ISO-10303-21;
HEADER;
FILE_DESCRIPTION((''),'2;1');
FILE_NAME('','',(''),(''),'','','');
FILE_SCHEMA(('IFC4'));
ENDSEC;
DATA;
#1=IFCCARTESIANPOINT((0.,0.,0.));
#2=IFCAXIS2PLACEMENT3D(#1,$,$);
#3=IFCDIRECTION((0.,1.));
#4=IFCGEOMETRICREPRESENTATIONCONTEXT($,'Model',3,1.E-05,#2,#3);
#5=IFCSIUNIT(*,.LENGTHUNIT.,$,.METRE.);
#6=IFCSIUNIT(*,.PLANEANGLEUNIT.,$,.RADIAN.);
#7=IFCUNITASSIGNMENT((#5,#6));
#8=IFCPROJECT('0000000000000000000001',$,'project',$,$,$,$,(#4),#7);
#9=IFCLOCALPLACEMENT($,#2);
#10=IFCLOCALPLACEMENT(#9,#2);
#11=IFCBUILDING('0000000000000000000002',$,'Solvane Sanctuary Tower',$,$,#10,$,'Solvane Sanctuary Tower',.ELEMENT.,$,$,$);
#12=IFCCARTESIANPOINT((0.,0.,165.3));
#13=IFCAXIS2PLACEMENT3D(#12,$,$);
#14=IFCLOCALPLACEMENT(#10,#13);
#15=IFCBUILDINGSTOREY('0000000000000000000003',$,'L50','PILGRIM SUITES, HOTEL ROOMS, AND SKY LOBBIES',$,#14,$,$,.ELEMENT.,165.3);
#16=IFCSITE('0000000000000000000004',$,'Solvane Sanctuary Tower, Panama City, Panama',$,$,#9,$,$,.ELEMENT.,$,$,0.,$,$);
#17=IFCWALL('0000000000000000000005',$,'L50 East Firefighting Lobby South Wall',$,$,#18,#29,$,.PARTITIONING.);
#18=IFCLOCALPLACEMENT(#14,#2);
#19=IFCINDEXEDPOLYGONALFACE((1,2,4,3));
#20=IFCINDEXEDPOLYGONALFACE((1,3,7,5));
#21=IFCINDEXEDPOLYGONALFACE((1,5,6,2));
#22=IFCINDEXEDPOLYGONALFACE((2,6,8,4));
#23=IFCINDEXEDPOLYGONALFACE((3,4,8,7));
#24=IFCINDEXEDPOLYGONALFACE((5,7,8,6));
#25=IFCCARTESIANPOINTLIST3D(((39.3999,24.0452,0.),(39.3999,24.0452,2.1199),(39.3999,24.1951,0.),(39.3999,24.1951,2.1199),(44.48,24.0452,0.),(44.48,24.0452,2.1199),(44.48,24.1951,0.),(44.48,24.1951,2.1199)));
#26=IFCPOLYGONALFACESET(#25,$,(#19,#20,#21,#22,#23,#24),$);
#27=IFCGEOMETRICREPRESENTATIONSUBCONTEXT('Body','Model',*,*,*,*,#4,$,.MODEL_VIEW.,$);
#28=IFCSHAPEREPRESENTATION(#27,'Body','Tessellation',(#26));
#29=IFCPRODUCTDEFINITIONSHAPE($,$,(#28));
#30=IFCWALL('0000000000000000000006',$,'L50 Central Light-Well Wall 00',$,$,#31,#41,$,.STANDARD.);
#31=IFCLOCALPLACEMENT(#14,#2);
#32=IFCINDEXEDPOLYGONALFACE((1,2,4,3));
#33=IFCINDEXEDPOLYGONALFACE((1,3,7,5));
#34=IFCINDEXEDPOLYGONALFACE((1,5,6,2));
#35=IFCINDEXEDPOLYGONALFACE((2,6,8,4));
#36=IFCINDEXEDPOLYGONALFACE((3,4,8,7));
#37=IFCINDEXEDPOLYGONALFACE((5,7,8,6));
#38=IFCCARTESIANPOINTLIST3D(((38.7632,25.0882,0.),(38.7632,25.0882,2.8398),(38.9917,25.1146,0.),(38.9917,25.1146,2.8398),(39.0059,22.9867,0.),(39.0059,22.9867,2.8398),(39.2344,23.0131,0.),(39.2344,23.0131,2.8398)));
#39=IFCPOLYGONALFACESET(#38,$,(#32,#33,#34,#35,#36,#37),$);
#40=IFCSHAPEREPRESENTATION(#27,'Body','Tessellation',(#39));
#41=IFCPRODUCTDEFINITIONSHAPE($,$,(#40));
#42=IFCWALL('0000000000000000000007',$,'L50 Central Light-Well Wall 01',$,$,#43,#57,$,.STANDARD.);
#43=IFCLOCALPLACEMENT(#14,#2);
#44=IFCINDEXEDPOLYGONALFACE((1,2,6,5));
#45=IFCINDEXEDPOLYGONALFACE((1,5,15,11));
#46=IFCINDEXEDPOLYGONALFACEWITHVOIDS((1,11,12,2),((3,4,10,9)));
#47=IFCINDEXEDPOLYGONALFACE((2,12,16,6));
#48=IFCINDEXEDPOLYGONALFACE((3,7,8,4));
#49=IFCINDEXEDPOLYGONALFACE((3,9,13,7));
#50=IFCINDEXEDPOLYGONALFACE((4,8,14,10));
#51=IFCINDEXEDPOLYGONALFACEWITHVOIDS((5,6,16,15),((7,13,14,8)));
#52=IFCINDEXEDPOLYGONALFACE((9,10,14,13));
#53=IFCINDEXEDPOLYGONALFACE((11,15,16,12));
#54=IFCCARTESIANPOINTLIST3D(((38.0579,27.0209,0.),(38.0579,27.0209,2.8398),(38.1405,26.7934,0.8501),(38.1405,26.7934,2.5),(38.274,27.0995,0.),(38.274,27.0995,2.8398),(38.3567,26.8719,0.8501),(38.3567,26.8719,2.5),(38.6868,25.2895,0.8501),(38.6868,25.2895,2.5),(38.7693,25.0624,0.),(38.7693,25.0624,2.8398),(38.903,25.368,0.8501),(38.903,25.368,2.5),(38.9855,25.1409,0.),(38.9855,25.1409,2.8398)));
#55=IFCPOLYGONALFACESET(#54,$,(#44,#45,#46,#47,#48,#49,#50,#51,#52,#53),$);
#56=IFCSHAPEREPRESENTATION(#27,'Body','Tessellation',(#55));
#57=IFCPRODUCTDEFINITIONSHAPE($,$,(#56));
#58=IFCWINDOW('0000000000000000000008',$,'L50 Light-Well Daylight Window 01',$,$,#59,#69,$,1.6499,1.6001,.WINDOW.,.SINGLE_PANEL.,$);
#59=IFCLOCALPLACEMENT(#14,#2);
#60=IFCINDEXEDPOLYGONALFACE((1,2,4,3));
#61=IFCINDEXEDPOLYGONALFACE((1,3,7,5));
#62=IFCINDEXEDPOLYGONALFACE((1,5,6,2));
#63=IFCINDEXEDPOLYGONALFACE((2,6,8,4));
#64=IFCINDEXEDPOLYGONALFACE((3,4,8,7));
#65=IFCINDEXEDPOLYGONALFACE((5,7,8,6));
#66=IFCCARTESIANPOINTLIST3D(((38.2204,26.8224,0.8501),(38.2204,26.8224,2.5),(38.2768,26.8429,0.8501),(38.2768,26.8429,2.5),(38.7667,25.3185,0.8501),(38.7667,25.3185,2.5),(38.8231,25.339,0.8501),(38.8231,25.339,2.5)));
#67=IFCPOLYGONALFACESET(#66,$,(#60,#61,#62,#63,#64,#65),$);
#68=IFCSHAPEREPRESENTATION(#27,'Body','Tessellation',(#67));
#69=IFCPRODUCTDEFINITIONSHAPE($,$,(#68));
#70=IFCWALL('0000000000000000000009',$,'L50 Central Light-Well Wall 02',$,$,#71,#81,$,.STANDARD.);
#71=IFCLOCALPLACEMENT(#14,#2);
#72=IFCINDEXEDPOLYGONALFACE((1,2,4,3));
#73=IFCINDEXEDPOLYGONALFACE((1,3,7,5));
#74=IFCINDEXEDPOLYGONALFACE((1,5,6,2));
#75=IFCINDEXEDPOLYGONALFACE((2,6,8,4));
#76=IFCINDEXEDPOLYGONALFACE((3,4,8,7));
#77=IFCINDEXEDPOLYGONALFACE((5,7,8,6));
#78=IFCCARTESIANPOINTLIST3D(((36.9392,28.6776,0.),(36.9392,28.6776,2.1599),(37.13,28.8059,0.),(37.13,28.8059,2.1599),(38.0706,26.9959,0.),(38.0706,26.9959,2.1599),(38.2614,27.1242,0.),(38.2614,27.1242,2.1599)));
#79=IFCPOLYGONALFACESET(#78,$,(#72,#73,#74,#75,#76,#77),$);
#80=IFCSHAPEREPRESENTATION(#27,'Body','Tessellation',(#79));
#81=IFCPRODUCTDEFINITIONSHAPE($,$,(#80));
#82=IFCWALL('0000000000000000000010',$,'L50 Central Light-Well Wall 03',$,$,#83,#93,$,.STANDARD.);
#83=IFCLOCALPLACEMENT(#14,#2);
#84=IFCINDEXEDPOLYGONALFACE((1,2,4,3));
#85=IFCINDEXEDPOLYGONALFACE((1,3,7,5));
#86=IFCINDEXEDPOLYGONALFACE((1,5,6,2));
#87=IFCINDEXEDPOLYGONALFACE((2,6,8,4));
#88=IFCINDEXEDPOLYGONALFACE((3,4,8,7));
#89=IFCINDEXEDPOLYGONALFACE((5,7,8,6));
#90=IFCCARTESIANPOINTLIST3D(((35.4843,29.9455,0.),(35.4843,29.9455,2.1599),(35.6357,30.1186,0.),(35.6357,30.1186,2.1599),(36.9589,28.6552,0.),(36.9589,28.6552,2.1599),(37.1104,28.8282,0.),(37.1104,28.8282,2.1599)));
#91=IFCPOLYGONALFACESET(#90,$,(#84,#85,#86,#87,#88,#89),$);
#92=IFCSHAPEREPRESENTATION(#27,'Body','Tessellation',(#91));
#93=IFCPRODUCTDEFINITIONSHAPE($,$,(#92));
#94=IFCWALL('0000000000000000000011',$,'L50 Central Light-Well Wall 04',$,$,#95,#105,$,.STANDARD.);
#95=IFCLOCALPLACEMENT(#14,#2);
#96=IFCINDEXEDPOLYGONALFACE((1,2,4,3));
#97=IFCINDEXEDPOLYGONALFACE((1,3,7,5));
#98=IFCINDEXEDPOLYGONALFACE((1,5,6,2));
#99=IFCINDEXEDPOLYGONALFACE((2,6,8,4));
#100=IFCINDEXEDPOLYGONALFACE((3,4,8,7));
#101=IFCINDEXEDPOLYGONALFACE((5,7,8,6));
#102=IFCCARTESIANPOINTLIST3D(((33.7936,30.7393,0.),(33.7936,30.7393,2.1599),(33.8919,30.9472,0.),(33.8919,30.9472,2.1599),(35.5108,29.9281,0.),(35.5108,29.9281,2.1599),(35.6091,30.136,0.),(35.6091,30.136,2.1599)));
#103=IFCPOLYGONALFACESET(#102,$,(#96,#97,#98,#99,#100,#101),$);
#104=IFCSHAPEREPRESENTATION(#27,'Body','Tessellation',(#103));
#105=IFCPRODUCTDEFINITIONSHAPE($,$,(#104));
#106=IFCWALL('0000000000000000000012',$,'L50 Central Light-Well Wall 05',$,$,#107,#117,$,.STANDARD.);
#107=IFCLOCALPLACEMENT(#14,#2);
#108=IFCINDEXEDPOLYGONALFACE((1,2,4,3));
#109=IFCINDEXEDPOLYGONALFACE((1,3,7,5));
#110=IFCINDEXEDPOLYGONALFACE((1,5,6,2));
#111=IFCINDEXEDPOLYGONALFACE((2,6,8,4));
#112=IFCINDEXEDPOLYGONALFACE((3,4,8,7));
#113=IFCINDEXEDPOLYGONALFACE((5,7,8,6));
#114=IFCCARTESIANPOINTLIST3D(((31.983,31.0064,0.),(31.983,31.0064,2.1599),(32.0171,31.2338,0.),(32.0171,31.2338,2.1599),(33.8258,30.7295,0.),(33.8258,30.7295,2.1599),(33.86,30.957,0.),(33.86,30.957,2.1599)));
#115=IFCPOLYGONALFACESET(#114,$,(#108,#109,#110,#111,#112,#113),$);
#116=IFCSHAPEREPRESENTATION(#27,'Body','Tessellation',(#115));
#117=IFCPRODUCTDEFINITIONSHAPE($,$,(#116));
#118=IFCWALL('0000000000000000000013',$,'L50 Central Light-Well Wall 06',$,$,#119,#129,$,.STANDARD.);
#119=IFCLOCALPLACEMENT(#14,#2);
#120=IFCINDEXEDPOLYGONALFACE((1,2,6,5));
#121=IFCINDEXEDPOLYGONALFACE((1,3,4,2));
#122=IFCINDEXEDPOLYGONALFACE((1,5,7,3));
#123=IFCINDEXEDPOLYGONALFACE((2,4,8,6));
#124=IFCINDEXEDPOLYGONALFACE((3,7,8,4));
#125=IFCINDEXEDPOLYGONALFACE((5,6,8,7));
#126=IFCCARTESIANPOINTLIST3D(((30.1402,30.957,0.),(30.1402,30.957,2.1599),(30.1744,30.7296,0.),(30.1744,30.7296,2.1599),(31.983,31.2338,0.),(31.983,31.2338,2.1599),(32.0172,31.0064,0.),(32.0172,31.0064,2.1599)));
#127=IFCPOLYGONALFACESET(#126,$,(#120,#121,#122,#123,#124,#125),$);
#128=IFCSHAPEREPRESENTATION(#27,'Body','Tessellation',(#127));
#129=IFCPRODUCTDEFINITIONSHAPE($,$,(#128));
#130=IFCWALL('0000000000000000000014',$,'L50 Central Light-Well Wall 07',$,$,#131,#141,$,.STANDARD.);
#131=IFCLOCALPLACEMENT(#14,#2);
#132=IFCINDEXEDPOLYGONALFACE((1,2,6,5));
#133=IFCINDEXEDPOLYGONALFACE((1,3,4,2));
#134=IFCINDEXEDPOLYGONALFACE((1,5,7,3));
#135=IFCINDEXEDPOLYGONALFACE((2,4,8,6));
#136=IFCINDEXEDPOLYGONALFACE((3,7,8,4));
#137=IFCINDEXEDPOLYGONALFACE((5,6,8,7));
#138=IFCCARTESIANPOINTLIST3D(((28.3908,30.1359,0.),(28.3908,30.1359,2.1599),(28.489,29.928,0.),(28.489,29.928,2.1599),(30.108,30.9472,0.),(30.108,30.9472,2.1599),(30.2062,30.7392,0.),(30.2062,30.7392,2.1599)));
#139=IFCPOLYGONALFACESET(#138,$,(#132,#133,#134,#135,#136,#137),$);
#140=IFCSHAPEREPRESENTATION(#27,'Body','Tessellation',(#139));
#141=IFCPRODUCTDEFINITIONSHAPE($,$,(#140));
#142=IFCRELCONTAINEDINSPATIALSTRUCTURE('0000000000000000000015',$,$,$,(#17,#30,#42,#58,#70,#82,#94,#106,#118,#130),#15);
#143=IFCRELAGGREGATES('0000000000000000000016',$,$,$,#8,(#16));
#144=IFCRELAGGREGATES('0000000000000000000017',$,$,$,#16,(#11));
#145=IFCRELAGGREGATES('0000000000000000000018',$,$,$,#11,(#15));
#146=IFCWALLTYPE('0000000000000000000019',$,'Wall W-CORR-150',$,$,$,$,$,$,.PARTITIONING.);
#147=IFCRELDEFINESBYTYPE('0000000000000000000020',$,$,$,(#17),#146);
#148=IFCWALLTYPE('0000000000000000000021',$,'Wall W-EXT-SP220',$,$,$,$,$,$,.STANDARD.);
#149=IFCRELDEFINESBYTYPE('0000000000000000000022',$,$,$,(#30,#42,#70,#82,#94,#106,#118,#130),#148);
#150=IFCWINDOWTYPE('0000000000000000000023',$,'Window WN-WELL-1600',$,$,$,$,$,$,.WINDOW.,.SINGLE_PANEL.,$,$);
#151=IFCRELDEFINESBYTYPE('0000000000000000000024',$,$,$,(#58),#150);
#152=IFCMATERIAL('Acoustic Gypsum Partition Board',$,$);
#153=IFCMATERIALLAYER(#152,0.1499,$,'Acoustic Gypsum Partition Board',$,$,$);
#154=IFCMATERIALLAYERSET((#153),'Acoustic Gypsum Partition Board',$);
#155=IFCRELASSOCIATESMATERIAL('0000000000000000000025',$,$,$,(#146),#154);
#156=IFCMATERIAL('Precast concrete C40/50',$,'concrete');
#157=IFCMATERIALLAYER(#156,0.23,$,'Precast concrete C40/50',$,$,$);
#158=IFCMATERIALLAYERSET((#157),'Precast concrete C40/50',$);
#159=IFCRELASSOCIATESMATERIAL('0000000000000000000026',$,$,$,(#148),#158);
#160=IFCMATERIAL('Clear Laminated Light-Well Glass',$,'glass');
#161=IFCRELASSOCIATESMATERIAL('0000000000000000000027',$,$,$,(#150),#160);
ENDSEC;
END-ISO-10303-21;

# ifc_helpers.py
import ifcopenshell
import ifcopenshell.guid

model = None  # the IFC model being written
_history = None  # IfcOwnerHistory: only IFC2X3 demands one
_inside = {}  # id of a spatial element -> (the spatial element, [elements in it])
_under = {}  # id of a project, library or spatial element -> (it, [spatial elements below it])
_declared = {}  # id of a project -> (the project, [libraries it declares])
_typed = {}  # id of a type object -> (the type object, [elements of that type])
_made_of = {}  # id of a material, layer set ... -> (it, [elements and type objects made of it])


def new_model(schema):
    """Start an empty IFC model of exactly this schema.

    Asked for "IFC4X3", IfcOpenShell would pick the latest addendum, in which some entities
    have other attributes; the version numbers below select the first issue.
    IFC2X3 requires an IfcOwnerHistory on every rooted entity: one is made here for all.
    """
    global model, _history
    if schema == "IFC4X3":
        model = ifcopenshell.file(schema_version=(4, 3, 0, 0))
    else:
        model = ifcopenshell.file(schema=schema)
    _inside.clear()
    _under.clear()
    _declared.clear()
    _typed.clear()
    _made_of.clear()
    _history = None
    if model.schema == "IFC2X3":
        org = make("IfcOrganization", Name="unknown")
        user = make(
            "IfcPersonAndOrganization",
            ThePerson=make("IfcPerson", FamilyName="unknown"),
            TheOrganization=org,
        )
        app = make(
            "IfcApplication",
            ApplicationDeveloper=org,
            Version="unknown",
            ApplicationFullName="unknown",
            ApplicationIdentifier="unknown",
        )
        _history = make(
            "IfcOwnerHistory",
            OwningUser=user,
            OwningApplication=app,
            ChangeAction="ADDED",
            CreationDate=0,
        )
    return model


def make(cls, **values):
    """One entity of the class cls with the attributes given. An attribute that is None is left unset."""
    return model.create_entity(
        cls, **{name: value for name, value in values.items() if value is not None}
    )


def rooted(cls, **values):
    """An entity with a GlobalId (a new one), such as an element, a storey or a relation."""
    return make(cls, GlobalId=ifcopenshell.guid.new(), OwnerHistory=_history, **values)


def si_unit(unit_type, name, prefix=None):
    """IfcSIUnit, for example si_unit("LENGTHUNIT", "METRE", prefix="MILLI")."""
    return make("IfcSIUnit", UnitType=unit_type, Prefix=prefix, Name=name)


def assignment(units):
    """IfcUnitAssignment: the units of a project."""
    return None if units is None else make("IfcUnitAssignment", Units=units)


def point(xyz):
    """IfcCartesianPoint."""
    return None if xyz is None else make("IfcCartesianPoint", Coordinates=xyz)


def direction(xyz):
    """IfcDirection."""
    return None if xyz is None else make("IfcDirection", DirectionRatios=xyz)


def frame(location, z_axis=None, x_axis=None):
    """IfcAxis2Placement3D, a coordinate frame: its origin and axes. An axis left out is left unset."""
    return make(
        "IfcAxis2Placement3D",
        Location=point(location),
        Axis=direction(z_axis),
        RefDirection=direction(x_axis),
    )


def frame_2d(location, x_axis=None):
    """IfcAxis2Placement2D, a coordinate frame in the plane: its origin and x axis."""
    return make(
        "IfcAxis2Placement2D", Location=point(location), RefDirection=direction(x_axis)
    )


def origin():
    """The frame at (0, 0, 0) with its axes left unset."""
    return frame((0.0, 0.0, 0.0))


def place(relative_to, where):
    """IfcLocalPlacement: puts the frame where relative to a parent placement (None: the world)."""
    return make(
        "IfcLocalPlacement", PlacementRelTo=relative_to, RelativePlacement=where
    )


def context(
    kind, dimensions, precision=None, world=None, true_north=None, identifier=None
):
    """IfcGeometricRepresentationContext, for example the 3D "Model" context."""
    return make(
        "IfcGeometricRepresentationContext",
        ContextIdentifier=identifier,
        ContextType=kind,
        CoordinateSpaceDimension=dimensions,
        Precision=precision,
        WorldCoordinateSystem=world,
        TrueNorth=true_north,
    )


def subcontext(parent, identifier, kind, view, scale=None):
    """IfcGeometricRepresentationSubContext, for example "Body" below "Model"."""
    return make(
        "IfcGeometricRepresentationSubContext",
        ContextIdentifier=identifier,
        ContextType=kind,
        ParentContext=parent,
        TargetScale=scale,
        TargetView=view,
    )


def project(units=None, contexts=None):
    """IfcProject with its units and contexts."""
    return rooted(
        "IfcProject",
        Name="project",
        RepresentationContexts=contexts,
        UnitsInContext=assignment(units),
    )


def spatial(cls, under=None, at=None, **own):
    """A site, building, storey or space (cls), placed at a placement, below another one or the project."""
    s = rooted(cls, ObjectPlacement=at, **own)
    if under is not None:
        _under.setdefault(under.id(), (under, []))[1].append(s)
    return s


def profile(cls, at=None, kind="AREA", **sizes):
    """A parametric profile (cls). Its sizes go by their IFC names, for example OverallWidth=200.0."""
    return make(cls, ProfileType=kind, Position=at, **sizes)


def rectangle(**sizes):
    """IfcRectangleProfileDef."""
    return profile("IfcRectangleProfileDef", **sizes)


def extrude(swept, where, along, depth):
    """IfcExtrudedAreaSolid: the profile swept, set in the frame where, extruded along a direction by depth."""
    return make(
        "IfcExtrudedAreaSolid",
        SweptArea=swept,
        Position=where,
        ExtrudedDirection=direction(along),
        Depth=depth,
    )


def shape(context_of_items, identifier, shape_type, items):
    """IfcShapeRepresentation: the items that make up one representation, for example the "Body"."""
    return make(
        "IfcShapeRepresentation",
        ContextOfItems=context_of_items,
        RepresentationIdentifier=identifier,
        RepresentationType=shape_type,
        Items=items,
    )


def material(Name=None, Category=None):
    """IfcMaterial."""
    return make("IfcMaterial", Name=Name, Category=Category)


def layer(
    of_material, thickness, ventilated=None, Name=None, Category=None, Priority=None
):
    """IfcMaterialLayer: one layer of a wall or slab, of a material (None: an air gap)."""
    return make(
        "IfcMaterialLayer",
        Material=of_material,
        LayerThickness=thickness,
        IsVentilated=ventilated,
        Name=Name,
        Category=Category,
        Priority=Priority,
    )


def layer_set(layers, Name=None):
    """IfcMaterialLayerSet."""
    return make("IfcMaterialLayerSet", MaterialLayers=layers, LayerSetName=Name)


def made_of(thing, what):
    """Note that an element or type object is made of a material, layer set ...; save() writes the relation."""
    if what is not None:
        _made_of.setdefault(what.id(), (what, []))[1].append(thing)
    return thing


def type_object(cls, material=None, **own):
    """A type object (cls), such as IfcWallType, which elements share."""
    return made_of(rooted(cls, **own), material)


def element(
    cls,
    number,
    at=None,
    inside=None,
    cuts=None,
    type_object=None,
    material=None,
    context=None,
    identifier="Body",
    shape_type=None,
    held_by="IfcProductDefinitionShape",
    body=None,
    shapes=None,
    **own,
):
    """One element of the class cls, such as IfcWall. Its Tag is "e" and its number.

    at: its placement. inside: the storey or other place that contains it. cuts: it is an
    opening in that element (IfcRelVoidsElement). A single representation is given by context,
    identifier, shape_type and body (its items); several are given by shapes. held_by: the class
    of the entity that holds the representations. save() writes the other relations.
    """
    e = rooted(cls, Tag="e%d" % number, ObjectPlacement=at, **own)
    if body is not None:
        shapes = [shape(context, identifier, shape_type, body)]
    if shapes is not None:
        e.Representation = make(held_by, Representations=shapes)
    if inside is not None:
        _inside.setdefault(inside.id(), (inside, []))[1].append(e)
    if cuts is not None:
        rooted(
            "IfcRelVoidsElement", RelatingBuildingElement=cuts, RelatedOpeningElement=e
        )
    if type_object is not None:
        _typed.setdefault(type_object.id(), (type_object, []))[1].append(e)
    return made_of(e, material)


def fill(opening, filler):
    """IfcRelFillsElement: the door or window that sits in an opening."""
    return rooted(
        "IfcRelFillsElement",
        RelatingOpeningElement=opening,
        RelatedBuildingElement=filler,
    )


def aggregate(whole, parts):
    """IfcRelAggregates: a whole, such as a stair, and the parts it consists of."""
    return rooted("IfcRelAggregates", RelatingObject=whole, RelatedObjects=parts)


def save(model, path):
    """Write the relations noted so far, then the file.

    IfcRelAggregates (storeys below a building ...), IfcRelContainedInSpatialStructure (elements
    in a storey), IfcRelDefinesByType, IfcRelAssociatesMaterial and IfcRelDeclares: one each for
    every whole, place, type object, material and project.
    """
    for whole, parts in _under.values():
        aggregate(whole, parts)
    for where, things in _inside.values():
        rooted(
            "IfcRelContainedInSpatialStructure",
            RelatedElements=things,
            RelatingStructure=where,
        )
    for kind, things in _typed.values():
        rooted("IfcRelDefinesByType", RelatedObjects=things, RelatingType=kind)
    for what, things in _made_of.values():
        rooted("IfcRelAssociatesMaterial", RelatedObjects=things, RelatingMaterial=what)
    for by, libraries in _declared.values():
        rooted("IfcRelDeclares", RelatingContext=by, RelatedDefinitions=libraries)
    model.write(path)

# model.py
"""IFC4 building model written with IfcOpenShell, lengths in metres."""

from ifc_helpers import new_model, si_unit, direction, frame, frame_2d, origin, place, context, subcontext, project, spatial, rectangle, extrude, material, layer, layer_set, type_object, element, fill, save


model = new_model("IFC4")

# Units and contexts
model_context = context("Model", 3, precision=1e-05, world=origin(), true_north=direction((0.0, 1.0)))
body_context = subcontext(model_context, "Body", "Model", "MODEL_VIEW")
ifc_project = project(units=[si_unit("LENGTHUNIT", "METRE"), si_unit("PLANEANGLEUNIT", "RADIAN")], contexts=[model_context])

# Site, building, storey
site_placement = place(None, origin())
site = spatial("IfcSite", under=ifc_project, at=site_placement, Name="Solvane Sanctuary Tower, Panama City, Panama", CompositionType="ELEMENT", RefElevation=0.0)
building_placement = place(site_placement, origin())
building = spatial("IfcBuilding", under=site, at=building_placement, Name="Solvane Sanctuary Tower", LongName="Solvane Sanctuary Tower", CompositionType="ELEMENT")
storey_placement = place(building_placement, frame((0.0, 0.0, 165.3)))
storey = spatial("IfcBuildingStorey", under=building, at=storey_placement, Name="L50", Description="PILGRIM SUITES, HOTEL ROOMS, AND SKY LOBBIES", CompositionType="ELEMENT", Elevation=165.3)

# Walls
ifc_material_1 = material(Name="Acoustic Gypsum Partition Board")
ifc_layer_1 = layer(ifc_material_1, 0.1499, Name="Acoustic Gypsum Partition Board")
ifc_layer_set_1 = layer_set([ifc_layer_1], Name="Acoustic Gypsum Partition Board")
wall_type_1 = type_object("IfcWallType", Name="Wall W-CORR-150", PredefinedType="PARTITIONING", material=ifc_layer_set_1)
wall_1_placement = place(storey_placement, frame((39.3999, 24.1201, 0.0), z_axis=(0.0, 0.0, 1.0), x_axis=(1.0, 0.0, 0.0)))
element("IfcWall", 1, at=wall_1_placement, inside=storey, type_object=wall_type_1, Name="L50 East Firefighting Lobby South Wall", PredefinedType="PARTITIONING", context=body_context, shape_type="SweptSolid", body=[
    extrude(rectangle(XDim=5.0801, YDim=0.1499, at=frame_2d((2.54, 0.0))), origin(), (0.0, 0.0, 1.0), 2.1199),
])
ifc_material_2 = material(Name="Precast concrete C40/50", Category="concrete")
ifc_layer_2 = layer(ifc_material_2, 0.23, Name="Precast concrete C40/50")
ifc_layer_set_2 = layer_set([ifc_layer_2], Name="Precast concrete C40/50")
wall_type_2 = type_object("IfcWallType", Name="Wall W-EXT-SP220", PredefinedType="STANDARD", material=ifc_layer_set_2)
wall_2_placement = place(storey_placement, frame((39.1201, 23.0, 0.0), z_axis=(0.0, 0.0, 1.0), x_axis=(-0.114712, 0.993399, 0.0)))
element("IfcWall", 2, at=wall_2_placement, inside=storey, type_object=wall_type_2, Name="L50 Central Light-Well Wall 00", PredefinedType="STANDARD", context=body_context, shape_type="SweptSolid", body=[
    extrude(rectangle(XDim=2.1155, YDim=0.23, at=frame_2d((1.0576, 0.0))), origin(), (0.0, 0.0, 1.0), 2.8398),
])

# Wall, opening, window
wall_3_placement = place(storey_placement, frame((38.8774, 25.1016, 0.0), z_axis=(0.0, 0.0, 1.0), x_axis=(-0.341423, 0.93991, 0.0)))
wall_3 = element("IfcWall", 3, at=wall_3_placement, inside=storey, type_object=wall_type_2, Name="L50 Central Light-Well Wall 01", PredefinedType="STANDARD", context=body_context, shape_type="SweptSolid", body=[
    extrude(rectangle(XDim=2.0837, YDim=0.23, at=frame_2d((1.042, 0.0))), origin(), (0.0, 0.0, 1.0), 2.8398),
])
opening_placement = place(wall_3_placement, frame((0.2417, 0.0, 0.8501)))
opening = element("IfcOpeningElement", 4, at=opening_placement, cuts=wall_3, PredefinedType="OPENING", context=body_context, shape_type="SweptSolid", body=[
    extrude(rectangle(XDim=1.6001, YDim=1.6499, at=frame_2d((0.8, 0.825))), frame((0.0, 0.125, 0.0), z_axis=(0.0, -1.0, 0.0), x_axis=(1.0, 0.0, 0.0)), (0.0, 0.0, 1.0), 0.25),
])
ifc_material_3 = material(Name="Clear Laminated Light-Well Glass", Category="glass")
window_type = type_object("IfcWindowType", Name="Window WN-WELL-1600", PartitioningType="SINGLE_PANEL", PredefinedType="WINDOW", material=ifc_material_3)
window_placement = place(opening_placement, origin())
window = element("IfcWindow", 5, at=window_placement, inside=storey, type_object=window_type, Name="L50 Light-Well Daylight Window 01", OverallHeight=1.6499, OverallWidth=1.6001, PartitioningType="SINGLE_PANEL", PredefinedType="WINDOW", context=body_context, shape_type="SweptSolid", body=[
    extrude(rectangle(XDim=1.6001, YDim=1.6499, at=frame_2d((0.8, 0.825))), frame((0.0, 0.03, 0.0), z_axis=(0.0, -1.0, 0.0), x_axis=(1.0, 0.0, 0.0)), (0.0, 0.0, 1.0), 0.0601),
])
fill(opening, window)

# Walls
wall_4_placement = place(storey_placement, frame((38.166, 27.0601, 0.0), z_axis=(0.0, 0.0, 1.0), x_axis=(-0.558198, 0.829708, 0.0)))
element("IfcWall", 6, at=wall_4_placement, inside=storey, type_object=wall_type_2, Name="L50 Central Light-Well Wall 02", PredefinedType="STANDARD", context=body_context, shape_type="SweptSolid", body=[
    extrude(rectangle(XDim=2.0269, YDim=0.23, at=frame_2d((1.0134, 0.0))), origin(), (0.0, 0.0, 1.0), 2.1599),
])
wall_5_placement = place(storey_placement, frame((37.0347, 28.7417, 0.0), z_axis=(0.0, 0.0, 1.0), x_axis=(-0.752577, 0.658505, 0.0)))
element("IfcWall", 7, at=wall_5_placement, inside=storey, type_object=wall_type_2, Name="L50 Central Light-Well Wall 03", PredefinedType="STANDARD", context=body_context, shape_type="SweptSolid", body=[
    extrude(rectangle(XDim=1.9595, YDim=0.23, at=frame_2d((0.9797, 0.0))), origin(), (0.0, 0.0, 1.0), 2.1599),
])
wall_6_placement = place(storey_placement, frame((35.5601, 30.032, 0.0), z_axis=(0.0, 0.0, 1.0), x_axis=(-0.90418, 0.427152, 0.0)))
element("IfcWall", 8, at=wall_6_placement, inside=storey, type_object=wall_type_2, Name="L50 Central Light-Well Wall 04", PredefinedType="STANDARD", context=body_context, shape_type="SweptSolid", body=[
    extrude(rectangle(XDim=1.8992, YDim=0.23, at=frame_2d((0.9497, 0.0))), origin(), (0.0, 0.0, 1.0), 2.1599),
])
for number, where, z_axis, x_axis, name in (
    (9, (33.8428, 30.8433, 0.0), (0.0, 0.0, 1.0), (-0.988902, 0.148571, 0.0), "L50 Central Light-Well Wall 05"),
    (10, (32.0, 31.1201, 0.0), (0.0, 0.0, 1.0), (-0.988902, -0.148571, 0.0), "L50 Central Light-Well Wall 06"),
):
    element("IfcWall", number, at=place(storey_placement, frame(where, z_axis=z_axis, x_axis=x_axis)), inside=storey, type_object=wall_type_2, Name=name, PredefinedType="STANDARD", context=body_context, shape_type="SweptSolid", body=[
        extrude(rectangle(XDim=1.8635, YDim=0.23, at=frame_2d((0.9316, 0.0))), origin(), (0.0, 0.0, 1.0), 2.1599),
    ])
wall_7_placement = place(storey_placement, frame((30.1572, 30.8433, 0.0), z_axis=(0.0, 0.0, 1.0), x_axis=(-0.90418, -0.427152, 0.0)))
element("IfcWall", 11, at=wall_7_placement, inside=storey, type_object=wall_type_2, Name="L50 Central Light-Well Wall 07", PredefinedType="STANDARD", context=body_context, shape_type="SweptSolid", body=[
    extrude(rectangle(XDim=1.8992, YDim=0.23, at=frame_2d((0.9497, 0.0))), origin(), (0.0, 0.0, 1.0), 2.1599),
])

save(model, "model.ifc")
